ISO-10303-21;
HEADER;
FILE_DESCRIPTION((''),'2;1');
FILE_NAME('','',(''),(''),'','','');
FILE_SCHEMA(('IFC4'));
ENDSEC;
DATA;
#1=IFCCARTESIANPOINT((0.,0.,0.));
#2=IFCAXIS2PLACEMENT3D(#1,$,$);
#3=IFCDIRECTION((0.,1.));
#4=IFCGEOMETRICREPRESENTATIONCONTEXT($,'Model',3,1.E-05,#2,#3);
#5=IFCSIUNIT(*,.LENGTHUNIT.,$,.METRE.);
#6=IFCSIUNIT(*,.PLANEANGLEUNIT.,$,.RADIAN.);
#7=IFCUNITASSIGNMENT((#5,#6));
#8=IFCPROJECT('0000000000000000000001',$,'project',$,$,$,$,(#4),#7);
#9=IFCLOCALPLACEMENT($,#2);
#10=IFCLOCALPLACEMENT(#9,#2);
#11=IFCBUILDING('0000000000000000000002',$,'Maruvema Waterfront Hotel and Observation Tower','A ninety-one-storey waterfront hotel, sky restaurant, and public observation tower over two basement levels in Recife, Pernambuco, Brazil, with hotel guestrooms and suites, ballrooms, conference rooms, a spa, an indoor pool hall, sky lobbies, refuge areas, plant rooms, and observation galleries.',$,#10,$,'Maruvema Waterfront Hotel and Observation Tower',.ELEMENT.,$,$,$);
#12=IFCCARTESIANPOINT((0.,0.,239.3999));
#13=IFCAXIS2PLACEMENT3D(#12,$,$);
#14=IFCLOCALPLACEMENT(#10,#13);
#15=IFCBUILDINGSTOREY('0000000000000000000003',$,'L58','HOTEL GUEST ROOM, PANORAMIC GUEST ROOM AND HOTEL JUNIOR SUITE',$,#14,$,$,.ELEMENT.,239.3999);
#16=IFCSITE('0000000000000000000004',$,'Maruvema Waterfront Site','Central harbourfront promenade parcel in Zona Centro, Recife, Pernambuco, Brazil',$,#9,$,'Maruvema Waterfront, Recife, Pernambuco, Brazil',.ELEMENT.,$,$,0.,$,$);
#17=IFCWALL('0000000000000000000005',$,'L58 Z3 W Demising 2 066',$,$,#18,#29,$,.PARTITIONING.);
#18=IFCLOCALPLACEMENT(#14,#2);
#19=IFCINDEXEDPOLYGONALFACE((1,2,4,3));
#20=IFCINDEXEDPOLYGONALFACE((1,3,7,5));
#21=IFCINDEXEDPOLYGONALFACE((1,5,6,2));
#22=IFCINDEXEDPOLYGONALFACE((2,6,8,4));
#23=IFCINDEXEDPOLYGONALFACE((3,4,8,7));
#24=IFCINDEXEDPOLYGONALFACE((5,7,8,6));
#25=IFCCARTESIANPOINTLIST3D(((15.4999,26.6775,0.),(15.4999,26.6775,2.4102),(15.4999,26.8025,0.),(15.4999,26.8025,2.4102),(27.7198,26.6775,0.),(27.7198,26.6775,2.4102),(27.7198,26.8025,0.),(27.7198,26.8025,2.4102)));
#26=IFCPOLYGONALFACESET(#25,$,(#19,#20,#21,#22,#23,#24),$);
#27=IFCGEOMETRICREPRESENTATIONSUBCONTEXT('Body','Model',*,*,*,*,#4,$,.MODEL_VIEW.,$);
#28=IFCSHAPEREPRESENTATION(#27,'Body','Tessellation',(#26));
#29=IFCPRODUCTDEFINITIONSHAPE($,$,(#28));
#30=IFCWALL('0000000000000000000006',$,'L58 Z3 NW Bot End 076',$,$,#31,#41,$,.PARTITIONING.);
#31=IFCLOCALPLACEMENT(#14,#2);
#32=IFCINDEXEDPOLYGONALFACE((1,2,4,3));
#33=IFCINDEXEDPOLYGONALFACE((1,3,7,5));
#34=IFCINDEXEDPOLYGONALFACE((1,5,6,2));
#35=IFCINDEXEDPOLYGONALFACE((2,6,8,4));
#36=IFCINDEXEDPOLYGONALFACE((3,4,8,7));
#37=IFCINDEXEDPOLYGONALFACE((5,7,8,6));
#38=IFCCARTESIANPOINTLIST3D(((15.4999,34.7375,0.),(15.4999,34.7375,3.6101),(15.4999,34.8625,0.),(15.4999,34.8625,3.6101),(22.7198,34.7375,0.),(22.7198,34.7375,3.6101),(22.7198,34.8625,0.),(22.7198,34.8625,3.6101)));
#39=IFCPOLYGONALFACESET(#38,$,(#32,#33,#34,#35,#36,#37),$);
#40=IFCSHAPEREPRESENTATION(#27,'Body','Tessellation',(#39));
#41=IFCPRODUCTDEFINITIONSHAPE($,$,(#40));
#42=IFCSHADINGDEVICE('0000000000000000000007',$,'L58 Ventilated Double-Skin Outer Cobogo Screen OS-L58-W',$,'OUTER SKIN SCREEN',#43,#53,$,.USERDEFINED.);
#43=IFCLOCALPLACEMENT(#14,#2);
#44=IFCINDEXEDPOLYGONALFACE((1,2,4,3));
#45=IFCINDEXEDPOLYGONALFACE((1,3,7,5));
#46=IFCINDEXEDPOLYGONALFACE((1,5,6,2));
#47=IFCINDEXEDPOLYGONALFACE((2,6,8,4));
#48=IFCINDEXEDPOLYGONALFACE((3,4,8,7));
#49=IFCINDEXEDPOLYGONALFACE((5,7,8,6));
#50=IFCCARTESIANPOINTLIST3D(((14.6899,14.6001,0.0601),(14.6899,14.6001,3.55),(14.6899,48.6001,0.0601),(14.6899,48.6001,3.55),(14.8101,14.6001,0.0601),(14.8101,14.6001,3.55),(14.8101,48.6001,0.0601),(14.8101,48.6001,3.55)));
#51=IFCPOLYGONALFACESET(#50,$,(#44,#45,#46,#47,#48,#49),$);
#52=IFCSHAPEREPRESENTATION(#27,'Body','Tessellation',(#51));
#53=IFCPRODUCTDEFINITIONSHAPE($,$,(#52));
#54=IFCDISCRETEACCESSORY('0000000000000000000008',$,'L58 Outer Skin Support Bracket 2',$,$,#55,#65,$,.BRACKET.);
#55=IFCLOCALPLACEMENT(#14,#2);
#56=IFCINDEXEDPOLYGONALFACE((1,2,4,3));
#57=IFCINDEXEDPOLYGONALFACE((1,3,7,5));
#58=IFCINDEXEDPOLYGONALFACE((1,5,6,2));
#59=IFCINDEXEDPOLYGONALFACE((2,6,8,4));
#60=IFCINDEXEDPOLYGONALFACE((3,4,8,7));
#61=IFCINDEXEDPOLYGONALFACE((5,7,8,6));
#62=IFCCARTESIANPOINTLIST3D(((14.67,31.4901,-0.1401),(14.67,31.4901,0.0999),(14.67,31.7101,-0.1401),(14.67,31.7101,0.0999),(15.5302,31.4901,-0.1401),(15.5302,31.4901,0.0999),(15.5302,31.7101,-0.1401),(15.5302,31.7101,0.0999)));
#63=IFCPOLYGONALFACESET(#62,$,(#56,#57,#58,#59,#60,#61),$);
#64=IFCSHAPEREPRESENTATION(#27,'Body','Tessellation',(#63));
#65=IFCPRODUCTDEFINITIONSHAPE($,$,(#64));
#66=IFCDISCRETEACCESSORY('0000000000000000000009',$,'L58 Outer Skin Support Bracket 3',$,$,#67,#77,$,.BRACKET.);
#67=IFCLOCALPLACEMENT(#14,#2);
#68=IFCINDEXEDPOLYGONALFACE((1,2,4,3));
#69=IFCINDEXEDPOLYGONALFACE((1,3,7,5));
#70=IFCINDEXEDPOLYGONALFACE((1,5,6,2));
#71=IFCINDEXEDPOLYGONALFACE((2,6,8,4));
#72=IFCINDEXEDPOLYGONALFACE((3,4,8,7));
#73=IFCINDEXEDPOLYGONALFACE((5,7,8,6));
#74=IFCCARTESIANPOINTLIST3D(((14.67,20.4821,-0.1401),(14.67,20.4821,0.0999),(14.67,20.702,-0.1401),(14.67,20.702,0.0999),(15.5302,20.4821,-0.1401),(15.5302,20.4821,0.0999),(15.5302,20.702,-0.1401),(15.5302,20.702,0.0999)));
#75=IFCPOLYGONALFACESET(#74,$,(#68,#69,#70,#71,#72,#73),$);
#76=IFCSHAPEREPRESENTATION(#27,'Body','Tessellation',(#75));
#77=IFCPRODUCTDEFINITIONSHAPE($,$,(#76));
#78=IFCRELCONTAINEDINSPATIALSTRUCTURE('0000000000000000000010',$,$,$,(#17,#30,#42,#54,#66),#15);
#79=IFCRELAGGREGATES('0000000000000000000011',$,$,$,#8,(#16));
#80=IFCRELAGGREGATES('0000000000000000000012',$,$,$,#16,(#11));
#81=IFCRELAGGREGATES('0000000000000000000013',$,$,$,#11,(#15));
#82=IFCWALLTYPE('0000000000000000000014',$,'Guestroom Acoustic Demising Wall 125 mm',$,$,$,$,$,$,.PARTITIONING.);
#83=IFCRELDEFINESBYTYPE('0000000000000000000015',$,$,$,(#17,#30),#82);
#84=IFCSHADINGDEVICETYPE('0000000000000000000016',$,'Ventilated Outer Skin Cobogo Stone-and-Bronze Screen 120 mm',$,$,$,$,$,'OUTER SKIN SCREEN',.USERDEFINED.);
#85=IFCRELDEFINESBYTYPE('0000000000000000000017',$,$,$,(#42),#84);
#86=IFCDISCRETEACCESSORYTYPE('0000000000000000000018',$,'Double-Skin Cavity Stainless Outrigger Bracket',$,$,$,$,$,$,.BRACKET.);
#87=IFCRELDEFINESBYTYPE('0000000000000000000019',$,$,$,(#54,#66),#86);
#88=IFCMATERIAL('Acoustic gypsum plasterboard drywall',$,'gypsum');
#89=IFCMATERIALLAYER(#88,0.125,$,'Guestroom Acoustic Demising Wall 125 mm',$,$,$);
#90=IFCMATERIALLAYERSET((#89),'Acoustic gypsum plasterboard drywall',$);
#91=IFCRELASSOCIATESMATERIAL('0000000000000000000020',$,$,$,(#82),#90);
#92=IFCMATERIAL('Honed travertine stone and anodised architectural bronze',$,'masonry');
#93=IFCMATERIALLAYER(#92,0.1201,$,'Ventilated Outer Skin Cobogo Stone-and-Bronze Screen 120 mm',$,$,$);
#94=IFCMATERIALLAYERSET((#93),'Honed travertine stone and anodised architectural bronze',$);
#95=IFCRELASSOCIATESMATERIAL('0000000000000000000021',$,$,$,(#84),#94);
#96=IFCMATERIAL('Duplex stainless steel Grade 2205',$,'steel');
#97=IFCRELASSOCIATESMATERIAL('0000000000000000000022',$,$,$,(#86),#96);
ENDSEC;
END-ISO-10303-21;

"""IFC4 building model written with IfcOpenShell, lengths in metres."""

from ifc_helpers import new_model, si_unit, direction, frame, frame_2d, origin, origin_2d, place, context, subcontext, project, spatial, rectangle, extrude, material, layer, layer_set, type_object, element, save


model = new_model("IFC4")

# Units and contexts
model_context = context("Model", 3, precision=1e-05, world=origin(), true_north=direction((0.0, 1.0)))
body_context = subcontext(model_context, "Body", "Model", "MODEL_VIEW")
ifc_project = project(units=[si_unit("LENGTHUNIT", "METRE"), si_unit("PLANEANGLEUNIT", "RADIAN")], contexts=[model_context])

# Site, building, storey
site_placement = place(None, origin())
site = spatial("IfcSite", under=ifc_project, at=site_placement, Name="Maruvema Waterfront Site", Description="Central harbourfront promenade parcel in Zona Centro, Recife, Pernambuco, Brazil", LongName="Maruvema Waterfront, Recife, Pernambuco, Brazil", CompositionType="ELEMENT", RefElevation=0.0)
building_placement = place(site_placement, origin())
building = spatial("IfcBuilding", under=site, at=building_placement, Name="Maruvema Waterfront Hotel and Observation Tower", Description="A ninety-one-storey waterfront hotel, sky restaurant, and public observation tower over two basement levels in Recife, Pernambuco, Brazil, with hotel guestrooms and suites, ballrooms, conference rooms, a spa, an indoor pool hall, sky lobbies, refuge areas, plant rooms, and observation galleries.", LongName="Maruvema Waterfront Hotel and Observation Tower", CompositionType="ELEMENT")
storey_placement = place(building_placement, frame((0.0, 0.0, 239.3999)))
storey = spatial("IfcBuildingStorey", under=building, at=storey_placement, Name="L58", Description="HOTEL GUEST ROOM, PANORAMIC GUEST ROOM AND HOTEL JUNIOR SUITE", CompositionType="ELEMENT", Elevation=239.3999)

# Walls
ifc_material_1 = material(Name="Acoustic gypsum plasterboard drywall", Category="gypsum")
ifc_layer_1 = layer(ifc_material_1, 0.125, Name="Guestroom Acoustic Demising Wall 125 mm")
ifc_layer_set_1 = layer_set([ifc_layer_1], Name="Acoustic gypsum plasterboard drywall")
wall_type_1 = type_object("IfcWallType", Name="Guestroom Acoustic Demising Wall 125 mm", PredefinedType="PARTITIONING", material=ifc_layer_set_1)
wall_1_placement = place(storey_placement, frame((15.5, 26.74, 0.0), z_axis=(0.0, 0.0, 1.0), x_axis=(1.0, 0.0, 0.0)))
element("IfcWall", 1, at=wall_1_placement, inside=storey, type_object=wall_type_1, Name="L58 Z3 W Demising 2 066", PredefinedType="PARTITIONING", context=body_context, shape_type="SweptSolid", body=[
    extrude(rectangle(XDim=12.22, YDim=0.125, at=frame_2d((6.1099, 0.0))), origin(), (0.0, 0.0, 1.0), 2.4102),
])
wall_2_placement = place(storey_placement, frame((15.5, 34.8, 0.0), z_axis=(0.0, 0.0, 1.0), x_axis=(1.0, 0.0, 0.0)))
element("IfcWall", 2, at=wall_2_placement, inside=storey, type_object=wall_type_1, Name="L58 Z3 NW Bot End 076", PredefinedType="PARTITIONING", context=body_context, shape_type="SweptSolid", body=[
    extrude(rectangle(XDim=7.22, YDim=0.125, at=frame_2d((3.6099, 0.0))), origin(), (0.0, 0.0, 1.0), 3.6101),
])

# Shading device
ifc_material_2 = material(Name="Honed travertine stone and anodised architectural bronze", Category="masonry")
ifc_layer_2 = layer(ifc_material_2, 0.1201, Name="Ventilated Outer Skin Cobogo Stone-and-Bronze Screen 120 mm")
ifc_layer_set_2 = layer_set([ifc_layer_2], Name="Honed travertine stone and anodised architectural bronze")
shading_device_type = type_object("IfcShadingDeviceType", Name="Ventilated Outer Skin Cobogo Stone-and-Bronze Screen 120 mm", ElementType="OUTER SKIN SCREEN", PredefinedType="USERDEFINED", material=ifc_layer_set_2)
shading_device_placement = place(storey_placement, frame((14.75, 31.6001, 0.0601), z_axis=(0.0, 0.0, 1.0), x_axis=(0.0, -1.0, 0.0)))
element("IfcShadingDevice", 3, at=shading_device_placement, inside=storey, type_object=shading_device_type, Name="L58 Ventilated Double-Skin Outer Cobogo Screen OS-L58-W", ObjectType="OUTER SKIN SCREEN", PredefinedType="USERDEFINED", context=body_context, shape_type="SweptSolid", body=[
    extrude(rectangle(XDim=34.0, YDim=0.1201, at=origin_2d()), origin(), (0.0, 0.0, 1.0), 3.49),
])

# Discrete accessories
ifc_material_3 = material(Name="Duplex stainless steel Grade 2205", Category="steel")
discrete_accessory_type = type_object("IfcDiscreteAccessoryType", Name="Double-Skin Cavity Stainless Outrigger Bracket", PredefinedType="BRACKET", material=ifc_material_3)
for number, where, z_axis, x_axis, name in (
    (4, (15.1001, 31.6001, -0.1401), (0.0, 0.0, 1.0), (0.0, -1.0, 0.0), "L58 Outer Skin Support Bracket 2"),
    (5, (15.1001, 20.592, -0.1401), (0.0, 0.0, 1.0), (0.0, -1.0, 0.0), "L58 Outer Skin Support Bracket 3"),
):
    element("IfcDiscreteAccessory", number, at=place(storey_placement, frame(where, z_axis=z_axis, x_axis=x_axis)), inside=storey, type_object=discrete_accessory_type, Name=name, PredefinedType="BRACKET", context=body_context, shape_type="SweptSolid", body=[
        extrude(rectangle(XDim=0.22, YDim=0.8601, at=origin_2d()), origin(), (0.0, 0.0, 1.0), 0.24),
    ])

save(model, "model.ifc")
